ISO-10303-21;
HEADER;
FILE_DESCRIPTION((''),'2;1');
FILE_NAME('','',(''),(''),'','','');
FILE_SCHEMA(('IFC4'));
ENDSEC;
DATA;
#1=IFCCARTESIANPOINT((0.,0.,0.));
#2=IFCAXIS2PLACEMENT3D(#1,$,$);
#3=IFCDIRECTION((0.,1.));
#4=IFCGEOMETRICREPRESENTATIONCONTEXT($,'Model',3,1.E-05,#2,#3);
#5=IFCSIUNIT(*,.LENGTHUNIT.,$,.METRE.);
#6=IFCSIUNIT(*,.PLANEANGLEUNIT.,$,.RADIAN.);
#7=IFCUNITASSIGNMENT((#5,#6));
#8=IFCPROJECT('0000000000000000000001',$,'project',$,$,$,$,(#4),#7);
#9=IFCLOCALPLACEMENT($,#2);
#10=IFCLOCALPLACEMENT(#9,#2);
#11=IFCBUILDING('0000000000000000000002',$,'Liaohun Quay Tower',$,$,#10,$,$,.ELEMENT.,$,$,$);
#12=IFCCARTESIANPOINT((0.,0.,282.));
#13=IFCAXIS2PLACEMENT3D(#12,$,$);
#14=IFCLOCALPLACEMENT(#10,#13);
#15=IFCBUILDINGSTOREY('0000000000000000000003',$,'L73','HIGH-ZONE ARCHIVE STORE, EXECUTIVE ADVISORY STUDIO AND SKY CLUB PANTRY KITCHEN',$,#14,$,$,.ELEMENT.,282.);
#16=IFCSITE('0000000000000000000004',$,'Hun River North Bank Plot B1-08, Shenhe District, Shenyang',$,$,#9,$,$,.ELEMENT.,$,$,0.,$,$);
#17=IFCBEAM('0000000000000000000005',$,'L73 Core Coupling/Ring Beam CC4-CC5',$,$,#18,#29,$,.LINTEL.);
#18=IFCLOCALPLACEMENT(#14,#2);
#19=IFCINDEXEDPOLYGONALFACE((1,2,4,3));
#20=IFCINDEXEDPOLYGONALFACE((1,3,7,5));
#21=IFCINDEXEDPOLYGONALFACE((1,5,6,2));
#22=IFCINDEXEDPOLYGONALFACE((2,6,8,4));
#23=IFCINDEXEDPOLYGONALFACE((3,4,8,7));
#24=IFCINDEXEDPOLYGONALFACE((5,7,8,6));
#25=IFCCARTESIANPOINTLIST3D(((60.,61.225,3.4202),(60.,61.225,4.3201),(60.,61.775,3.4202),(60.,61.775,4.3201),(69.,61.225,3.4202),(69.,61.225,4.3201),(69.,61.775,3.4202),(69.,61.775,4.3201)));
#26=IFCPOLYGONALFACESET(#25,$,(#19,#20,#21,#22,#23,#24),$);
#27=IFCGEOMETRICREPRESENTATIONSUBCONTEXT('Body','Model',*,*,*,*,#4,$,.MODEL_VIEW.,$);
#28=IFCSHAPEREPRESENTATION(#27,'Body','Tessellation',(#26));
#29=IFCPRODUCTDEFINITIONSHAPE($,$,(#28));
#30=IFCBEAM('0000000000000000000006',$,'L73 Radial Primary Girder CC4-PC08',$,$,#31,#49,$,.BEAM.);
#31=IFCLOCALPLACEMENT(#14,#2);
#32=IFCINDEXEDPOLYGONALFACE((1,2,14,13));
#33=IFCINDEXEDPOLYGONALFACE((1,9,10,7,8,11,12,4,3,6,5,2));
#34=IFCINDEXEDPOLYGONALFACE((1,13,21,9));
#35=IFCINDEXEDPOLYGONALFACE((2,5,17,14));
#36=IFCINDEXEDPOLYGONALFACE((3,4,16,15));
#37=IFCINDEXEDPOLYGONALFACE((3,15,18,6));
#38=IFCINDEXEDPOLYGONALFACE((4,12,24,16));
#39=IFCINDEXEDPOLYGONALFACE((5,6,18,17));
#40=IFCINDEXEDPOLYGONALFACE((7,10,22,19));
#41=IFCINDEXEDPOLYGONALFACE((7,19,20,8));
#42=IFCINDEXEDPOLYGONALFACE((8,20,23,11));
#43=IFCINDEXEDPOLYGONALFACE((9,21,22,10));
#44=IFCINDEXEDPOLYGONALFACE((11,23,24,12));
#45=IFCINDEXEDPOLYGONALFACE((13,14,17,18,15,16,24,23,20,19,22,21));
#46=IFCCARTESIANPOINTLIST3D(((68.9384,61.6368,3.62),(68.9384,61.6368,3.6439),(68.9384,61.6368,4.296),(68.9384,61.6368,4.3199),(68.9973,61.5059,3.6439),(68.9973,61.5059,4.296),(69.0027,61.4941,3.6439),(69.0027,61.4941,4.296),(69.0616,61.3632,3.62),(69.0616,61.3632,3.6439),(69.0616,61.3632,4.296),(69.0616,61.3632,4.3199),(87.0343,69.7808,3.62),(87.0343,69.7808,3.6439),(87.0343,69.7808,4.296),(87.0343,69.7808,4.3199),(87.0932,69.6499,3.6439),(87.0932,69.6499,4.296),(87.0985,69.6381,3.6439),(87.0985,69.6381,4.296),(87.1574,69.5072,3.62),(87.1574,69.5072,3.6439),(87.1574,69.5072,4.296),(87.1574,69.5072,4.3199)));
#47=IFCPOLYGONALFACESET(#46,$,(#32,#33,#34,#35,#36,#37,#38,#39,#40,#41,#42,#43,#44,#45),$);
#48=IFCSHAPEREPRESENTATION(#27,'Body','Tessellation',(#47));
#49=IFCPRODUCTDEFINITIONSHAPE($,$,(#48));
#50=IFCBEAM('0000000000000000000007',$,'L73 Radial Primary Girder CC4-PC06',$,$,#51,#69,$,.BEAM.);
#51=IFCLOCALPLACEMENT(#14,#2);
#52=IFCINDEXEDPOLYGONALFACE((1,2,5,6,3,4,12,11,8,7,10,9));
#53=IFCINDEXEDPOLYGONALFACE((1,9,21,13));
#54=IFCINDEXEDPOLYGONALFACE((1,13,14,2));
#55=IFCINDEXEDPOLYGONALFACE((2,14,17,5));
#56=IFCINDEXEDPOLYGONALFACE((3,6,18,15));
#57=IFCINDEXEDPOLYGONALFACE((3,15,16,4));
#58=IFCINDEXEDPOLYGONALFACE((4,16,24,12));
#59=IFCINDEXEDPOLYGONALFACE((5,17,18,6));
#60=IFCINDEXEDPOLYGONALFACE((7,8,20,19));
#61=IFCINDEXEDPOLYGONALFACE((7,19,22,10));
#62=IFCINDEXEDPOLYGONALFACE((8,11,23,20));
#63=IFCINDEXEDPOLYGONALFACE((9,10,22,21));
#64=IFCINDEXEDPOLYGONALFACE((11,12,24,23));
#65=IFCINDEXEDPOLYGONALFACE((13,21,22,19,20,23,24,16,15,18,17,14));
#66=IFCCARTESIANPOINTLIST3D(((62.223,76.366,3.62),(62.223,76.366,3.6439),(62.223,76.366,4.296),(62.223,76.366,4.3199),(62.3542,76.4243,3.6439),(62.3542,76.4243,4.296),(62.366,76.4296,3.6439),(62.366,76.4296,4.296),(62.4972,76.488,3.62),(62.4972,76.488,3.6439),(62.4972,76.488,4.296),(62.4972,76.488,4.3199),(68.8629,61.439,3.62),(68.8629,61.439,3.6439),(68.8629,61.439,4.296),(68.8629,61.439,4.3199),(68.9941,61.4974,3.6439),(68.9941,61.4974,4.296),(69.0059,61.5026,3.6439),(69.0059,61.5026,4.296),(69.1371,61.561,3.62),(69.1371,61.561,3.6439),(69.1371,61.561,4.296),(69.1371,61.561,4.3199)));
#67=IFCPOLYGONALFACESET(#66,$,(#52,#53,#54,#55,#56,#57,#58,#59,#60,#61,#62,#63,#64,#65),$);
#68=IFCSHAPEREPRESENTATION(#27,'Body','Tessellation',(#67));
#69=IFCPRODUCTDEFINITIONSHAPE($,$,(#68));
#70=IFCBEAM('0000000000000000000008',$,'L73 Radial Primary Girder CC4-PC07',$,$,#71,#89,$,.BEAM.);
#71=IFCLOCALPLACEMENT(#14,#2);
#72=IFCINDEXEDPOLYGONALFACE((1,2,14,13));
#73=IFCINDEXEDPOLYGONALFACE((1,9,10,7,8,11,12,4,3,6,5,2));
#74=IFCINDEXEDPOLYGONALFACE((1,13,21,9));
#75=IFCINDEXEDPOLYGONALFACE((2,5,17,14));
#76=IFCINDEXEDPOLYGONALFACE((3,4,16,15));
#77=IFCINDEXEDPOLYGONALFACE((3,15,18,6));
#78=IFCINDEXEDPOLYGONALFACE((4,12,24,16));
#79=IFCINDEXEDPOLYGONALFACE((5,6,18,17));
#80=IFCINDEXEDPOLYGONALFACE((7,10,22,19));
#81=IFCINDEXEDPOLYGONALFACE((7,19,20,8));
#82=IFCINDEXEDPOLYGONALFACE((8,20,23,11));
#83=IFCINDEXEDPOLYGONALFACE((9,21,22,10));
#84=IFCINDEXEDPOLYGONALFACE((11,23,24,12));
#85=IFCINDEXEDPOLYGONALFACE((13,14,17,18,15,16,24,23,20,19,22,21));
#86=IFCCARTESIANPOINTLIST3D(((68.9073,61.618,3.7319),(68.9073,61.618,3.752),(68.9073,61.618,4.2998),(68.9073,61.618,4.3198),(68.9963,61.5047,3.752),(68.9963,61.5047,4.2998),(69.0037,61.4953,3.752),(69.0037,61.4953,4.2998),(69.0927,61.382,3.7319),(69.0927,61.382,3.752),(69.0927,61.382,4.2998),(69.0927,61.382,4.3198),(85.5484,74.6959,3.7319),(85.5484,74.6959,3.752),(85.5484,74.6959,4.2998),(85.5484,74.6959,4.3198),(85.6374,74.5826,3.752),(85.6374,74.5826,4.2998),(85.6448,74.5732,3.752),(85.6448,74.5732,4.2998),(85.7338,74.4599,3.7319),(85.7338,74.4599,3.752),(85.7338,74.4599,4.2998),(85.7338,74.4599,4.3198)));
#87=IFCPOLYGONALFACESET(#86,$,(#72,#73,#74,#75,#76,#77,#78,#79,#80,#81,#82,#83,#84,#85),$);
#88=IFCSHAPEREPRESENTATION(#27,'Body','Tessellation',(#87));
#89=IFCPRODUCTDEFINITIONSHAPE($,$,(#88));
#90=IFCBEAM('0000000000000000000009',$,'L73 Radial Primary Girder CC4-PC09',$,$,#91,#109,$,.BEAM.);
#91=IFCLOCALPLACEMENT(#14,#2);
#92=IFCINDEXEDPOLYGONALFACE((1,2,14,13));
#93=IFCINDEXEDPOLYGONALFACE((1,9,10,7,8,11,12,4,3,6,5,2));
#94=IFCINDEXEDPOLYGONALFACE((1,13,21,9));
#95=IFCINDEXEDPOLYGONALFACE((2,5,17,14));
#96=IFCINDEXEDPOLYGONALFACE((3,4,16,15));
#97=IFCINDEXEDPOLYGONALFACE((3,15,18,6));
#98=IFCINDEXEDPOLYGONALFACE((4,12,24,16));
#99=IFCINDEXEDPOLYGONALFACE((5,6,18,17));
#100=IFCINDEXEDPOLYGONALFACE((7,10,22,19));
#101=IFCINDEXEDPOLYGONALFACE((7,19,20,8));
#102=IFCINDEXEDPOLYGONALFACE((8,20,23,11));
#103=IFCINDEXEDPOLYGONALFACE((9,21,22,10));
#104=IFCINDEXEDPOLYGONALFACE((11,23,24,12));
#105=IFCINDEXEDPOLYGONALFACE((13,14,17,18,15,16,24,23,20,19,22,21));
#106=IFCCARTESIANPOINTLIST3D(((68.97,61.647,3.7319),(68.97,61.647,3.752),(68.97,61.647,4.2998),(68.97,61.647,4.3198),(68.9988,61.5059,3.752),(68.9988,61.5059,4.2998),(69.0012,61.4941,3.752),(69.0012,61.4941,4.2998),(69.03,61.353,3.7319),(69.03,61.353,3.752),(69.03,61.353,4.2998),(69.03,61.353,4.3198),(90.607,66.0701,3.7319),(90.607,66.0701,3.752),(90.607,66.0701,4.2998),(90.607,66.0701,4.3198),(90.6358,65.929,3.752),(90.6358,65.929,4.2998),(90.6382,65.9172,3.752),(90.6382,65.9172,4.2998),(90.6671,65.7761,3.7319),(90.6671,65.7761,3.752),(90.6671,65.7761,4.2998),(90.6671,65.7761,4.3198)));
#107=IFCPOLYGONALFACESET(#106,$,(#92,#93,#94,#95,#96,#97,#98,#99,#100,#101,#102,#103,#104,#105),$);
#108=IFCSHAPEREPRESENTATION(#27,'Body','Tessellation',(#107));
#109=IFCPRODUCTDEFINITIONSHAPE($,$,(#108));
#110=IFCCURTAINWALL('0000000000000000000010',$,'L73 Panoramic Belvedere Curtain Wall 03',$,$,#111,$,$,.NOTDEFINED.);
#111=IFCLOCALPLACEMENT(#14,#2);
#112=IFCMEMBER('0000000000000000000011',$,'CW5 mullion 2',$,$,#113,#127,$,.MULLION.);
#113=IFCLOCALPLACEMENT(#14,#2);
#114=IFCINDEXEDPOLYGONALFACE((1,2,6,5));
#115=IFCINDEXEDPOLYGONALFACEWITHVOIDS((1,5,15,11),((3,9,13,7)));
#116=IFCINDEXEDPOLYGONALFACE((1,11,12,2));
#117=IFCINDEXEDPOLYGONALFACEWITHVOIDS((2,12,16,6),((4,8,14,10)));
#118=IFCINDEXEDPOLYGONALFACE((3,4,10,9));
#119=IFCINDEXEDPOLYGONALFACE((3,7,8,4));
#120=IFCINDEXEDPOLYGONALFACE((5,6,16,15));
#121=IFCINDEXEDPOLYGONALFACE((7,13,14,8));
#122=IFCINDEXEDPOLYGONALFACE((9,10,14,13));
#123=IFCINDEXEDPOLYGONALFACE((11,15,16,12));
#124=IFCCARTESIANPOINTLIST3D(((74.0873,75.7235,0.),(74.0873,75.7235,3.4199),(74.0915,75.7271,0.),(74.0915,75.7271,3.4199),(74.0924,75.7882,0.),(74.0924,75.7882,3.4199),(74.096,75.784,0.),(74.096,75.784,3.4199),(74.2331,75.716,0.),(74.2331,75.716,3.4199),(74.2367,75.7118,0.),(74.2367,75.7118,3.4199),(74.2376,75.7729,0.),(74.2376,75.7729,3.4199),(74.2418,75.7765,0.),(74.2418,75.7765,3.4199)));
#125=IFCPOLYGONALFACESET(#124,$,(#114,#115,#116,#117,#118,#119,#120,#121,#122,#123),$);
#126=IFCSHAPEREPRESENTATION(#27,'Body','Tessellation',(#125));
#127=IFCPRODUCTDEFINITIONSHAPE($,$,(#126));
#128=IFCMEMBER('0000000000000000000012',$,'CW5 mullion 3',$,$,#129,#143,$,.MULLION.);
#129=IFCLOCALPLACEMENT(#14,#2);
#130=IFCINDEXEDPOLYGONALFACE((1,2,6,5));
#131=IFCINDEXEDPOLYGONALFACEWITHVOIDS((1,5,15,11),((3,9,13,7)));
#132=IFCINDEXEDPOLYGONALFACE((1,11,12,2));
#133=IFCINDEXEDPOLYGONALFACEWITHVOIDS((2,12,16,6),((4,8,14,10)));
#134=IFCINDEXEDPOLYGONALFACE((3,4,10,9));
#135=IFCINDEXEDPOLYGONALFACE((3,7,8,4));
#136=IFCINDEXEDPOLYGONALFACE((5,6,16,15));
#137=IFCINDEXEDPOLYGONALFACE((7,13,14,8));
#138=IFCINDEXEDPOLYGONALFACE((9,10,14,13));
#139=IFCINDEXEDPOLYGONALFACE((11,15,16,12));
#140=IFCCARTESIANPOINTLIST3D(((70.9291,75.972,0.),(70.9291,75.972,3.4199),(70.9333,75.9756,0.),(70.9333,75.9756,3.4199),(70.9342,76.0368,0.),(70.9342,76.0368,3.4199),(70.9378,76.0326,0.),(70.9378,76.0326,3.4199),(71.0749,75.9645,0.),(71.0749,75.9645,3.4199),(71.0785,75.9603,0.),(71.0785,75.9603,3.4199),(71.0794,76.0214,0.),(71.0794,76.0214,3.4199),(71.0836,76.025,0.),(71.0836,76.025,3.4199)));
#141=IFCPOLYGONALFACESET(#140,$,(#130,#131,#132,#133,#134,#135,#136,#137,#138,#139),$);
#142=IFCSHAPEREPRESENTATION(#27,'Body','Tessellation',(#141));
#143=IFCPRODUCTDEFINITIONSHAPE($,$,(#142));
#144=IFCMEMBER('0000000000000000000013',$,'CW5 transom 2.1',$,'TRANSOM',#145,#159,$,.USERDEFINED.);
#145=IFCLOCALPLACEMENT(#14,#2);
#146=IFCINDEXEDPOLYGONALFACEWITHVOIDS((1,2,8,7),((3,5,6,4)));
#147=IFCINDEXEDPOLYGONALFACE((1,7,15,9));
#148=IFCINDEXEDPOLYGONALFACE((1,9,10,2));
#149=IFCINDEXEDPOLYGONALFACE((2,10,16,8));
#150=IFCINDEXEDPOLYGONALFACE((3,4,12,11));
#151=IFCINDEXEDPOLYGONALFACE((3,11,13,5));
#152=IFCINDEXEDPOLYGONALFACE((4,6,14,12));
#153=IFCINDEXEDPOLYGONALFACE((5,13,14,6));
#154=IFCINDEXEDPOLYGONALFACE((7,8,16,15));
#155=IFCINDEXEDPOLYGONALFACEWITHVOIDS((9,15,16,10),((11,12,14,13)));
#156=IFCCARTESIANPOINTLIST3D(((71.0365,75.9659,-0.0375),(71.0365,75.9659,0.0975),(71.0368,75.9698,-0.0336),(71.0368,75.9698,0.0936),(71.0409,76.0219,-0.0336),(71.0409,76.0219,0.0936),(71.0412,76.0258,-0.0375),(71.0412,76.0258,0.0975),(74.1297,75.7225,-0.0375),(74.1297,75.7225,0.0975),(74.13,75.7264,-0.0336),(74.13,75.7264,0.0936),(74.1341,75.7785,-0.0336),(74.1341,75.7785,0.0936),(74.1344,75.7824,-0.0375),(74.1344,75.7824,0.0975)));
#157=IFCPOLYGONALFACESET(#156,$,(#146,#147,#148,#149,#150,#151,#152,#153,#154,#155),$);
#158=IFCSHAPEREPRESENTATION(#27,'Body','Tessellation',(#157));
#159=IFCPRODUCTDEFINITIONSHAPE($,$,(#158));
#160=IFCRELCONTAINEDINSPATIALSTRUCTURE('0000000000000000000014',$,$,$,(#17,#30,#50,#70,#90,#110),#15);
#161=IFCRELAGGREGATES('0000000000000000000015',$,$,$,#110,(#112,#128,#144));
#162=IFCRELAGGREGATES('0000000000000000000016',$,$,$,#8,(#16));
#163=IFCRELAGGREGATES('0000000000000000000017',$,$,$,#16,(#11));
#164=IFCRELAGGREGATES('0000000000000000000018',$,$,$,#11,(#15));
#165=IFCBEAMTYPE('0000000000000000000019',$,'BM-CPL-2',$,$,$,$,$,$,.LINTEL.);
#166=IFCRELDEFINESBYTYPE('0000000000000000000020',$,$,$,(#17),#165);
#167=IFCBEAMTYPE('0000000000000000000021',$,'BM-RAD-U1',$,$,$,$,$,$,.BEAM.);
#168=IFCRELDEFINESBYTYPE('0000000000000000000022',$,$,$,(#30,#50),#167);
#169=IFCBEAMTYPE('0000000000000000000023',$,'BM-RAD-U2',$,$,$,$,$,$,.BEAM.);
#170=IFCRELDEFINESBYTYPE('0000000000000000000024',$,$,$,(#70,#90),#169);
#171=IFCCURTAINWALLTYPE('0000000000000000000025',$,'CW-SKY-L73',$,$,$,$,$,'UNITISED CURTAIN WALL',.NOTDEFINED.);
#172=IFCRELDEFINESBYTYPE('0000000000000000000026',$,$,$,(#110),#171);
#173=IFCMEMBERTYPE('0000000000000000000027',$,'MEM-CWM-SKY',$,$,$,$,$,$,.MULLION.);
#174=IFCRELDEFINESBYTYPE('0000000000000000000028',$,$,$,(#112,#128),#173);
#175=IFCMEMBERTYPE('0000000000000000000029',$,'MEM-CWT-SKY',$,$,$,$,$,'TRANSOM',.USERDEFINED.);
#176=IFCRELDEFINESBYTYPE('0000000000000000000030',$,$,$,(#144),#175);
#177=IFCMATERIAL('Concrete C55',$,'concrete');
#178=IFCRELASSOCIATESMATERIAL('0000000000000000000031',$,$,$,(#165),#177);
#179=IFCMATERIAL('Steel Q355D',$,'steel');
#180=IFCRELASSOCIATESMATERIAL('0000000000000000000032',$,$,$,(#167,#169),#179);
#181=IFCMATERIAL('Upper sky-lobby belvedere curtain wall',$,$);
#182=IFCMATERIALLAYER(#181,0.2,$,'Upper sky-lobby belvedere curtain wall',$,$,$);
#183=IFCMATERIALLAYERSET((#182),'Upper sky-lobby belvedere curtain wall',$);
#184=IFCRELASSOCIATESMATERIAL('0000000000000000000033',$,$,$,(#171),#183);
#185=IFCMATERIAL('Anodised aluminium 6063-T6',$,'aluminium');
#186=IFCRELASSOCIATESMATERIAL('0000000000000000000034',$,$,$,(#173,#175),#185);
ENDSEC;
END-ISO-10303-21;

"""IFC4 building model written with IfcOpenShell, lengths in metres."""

from ifc_helpers import new_model, si_unit, direction, frame, origin, origin_2d, place, context, subcontext, project, spatial, rectangle, hollow_rectangle, i_section, extrude, source, transform, mapped, material, layer, layer_set, material_profile, profile_set, type_object, element, aggregate, save


model = new_model("IFC4")

# Units and contexts
model_context = context("Model", 3, precision=1e-05, world=origin(), true_north=direction((0.0, 1.0)))
body_context = subcontext(model_context, "Body", "Model", "MODEL_VIEW")
ifc_project = project(units=[si_unit("LENGTHUNIT", "METRE"), si_unit("PLANEANGLEUNIT", "RADIAN")], contexts=[model_context])

# Site, building, storey
site_placement = place(None, origin())
site = spatial("IfcSite", under=ifc_project, at=site_placement, Name="Hun River North Bank Plot B1-08, Shenhe District, Shenyang", CompositionType="ELEMENT", RefElevation=0.0)
building_placement = place(site_placement, origin())
building = spatial("IfcBuilding", under=site, at=building_placement, Name="Liaohun Quay Tower", CompositionType="ELEMENT")
storey_placement = place(building_placement, frame((0.0, 0.0, 282.0)))
storey = spatial("IfcBuildingStorey", under=building, at=storey_placement, Name="L73", Description="HIGH-ZONE ARCHIVE STORE, EXECUTIVE ADVISORY STUDIO AND SKY CLUB PANTRY KITCHEN", CompositionType="ELEMENT", Elevation=282.0)

# Beams
ifc_material_1 = material(Name="Concrete C55", Category="concrete")
ifc_material_profile_1 = material_profile(ifc_material_1, rectangle(XDim=0.55, YDim=0.8999, at=origin_2d()), Name="RC550x900")
ifc_profile_set_1 = profile_set([ifc_material_profile_1], Name="Concrete C55")
beam_type_1 = type_object("IfcBeamType", Name="BM-CPL-2", PredefinedType="LINTEL", material=ifc_profile_set_1)
shared_shape_1 = source(origin(), body_context, "Body", "SweptSolid", [
    extrude(rectangle(XDim=0.55, YDim=0.8999, at=origin_2d()), origin(), (0.0, 0.0, 1.0), 9.0),
])
beam_1_placement = place(storey_placement, frame((69.0, 61.5, 3.8701), z_axis=(-1.0, 0.0, 0.0), x_axis=(0.0, -1.0, 0.0)))
element("IfcBeam", 1, at=beam_1_placement, inside=storey, type_object=beam_type_1, Name="L73 Core Coupling/Ring Beam CC4-CC5", PredefinedType="LINTEL", context=body_context, shape_type="MappedRepresentation", body=[
    mapped(shared_shape_1, transform((0.0, 0.0, 0.0), x_axis=(1.0, 0.0, 0.0), y_axis=(0.0, 1.0, 0.0), z_axis=(0.0, 0.0, 1.0), scale=1.0)),
])
ifc_material_2 = material(Name="Steel Q355D", Category="steel")
ifc_material_profile_2 = material_profile(ifc_material_2, i_section(OverallWidth=0.3, OverallDepth=0.7, WebThickness=0.0129, FlangeThickness=0.0239, at=origin_2d()), Name="HN700x300x13x24")
ifc_profile_set_2 = profile_set([ifc_material_profile_2], Name="Steel Q355D")
beam_type_2 = type_object("IfcBeamType", Name="BM-RAD-U1", PredefinedType="BEAM", material=ifc_profile_set_2)
shared_shape_2 = source(origin(), body_context, "Body", "SweptSolid", [
    extrude(i_section(OverallWidth=0.3, OverallDepth=0.7, WebThickness=0.0129, FlangeThickness=0.0239, at=origin_2d()), origin(), (0.0, 0.0, 1.0), 19.844),
])
beam_2_placement = place(storey_placement, frame((69.0, 61.5, 3.97), z_axis=(0.911905, 0.410401, 0.0), x_axis=(-0.410401, 0.911905, 0.0)))
element("IfcBeam", 2, at=beam_2_placement, inside=storey, type_object=beam_type_2, Name="L73 Radial Primary Girder CC4-PC08", PredefinedType="BEAM", context=body_context, shape_type="MappedRepresentation", body=[
    mapped(shared_shape_2, transform((0.0, 0.0, 0.0), x_axis=(1.0, 0.0, 0.0), y_axis=(0.0, 1.0, 0.0), z_axis=(0.0, 0.0, 1.0), scale=1.0)),
])
shared_shape_3 = source(origin(), body_context, "Body", "SweptSolid", [
    extrude(i_section(OverallWidth=0.3, OverallDepth=0.7, WebThickness=0.0129, FlangeThickness=0.0239, at=origin_2d()), origin(), (0.0, 0.0, 1.0), 16.3372),
])
beam_3_placement = place(storey_placement, frame((69.0, 61.5, 3.97), z_axis=(-0.406428, 0.913683, 0.0), x_axis=(-0.913683, -0.406428, 0.0)))
element("IfcBeam", 3, at=beam_3_placement, inside=storey, type_object=beam_type_2, Name="L73 Radial Primary Girder CC4-PC06", PredefinedType="BEAM", context=body_context, shape_type="MappedRepresentation", body=[
    mapped(shared_shape_3, transform((0.0, 0.0, 0.0), x_axis=(1.0, 0.0, 0.0), y_axis=(0.0, 1.0, 0.0), z_axis=(0.0, 0.0, 1.0), scale=1.0)),
])
ifc_material_profile_3 = material_profile(ifc_material_2, i_section(OverallWidth=0.3, OverallDepth=0.5879, WebThickness=0.012, FlangeThickness=0.02, at=origin_2d()), Name="HM588x300x12x20")
ifc_profile_set_3 = profile_set([ifc_material_profile_3], Name="Steel Q355D")
beam_type_3 = type_object("IfcBeamType", Name="BM-RAD-U2", PredefinedType="BEAM", material=ifc_profile_set_3)
shared_shape_4 = source(origin(), body_context, "Body", "SweptSolid", [
    extrude(i_section(OverallWidth=0.3, OverallDepth=0.5879, WebThickness=0.012, FlangeThickness=0.02, at=origin_2d()), origin(), (0.0, 0.0, 1.0), 21.165),
])
beam_4_placement = place(storey_placement, frame((69.0, 61.5, 4.0259), z_axis=(0.786256, 0.617901, 0.0), x_axis=(-0.617901, 0.786256, 0.0)))
element("IfcBeam", 4, at=beam_4_placement, inside=storey, type_object=beam_type_3, Name="L73 Radial Primary Girder CC4-PC07", PredefinedType="BEAM", context=body_context, shape_type="MappedRepresentation", body=[
    mapped(shared_shape_4, transform((0.0, 0.0, 0.0), x_axis=(1.0, 0.0, 0.0), y_axis=(0.0, 1.0, 0.0), z_axis=(0.0, 0.0, 1.0), scale=1.0)),
])
shared_shape_5 = source(origin(), body_context, "Body", "SweptSolid", [
    extrude(i_section(OverallWidth=0.3, OverallDepth=0.5879, WebThickness=0.012, FlangeThickness=0.02, at=origin_2d()), origin(), (0.0, 0.0, 1.0), 22.0845),
])
beam_5_placement = place(storey_placement, frame((69.0, 61.5, 4.0259), z_axis=(0.979738, 0.200281, 0.0), x_axis=(-0.200281, 0.979738, 0.0)))
element("IfcBeam", 5, at=beam_5_placement, inside=storey, type_object=beam_type_3, Name="L73 Radial Primary Girder CC4-PC09", PredefinedType="BEAM", context=body_context, shape_type="MappedRepresentation", body=[
    mapped(shared_shape_5, transform((0.0, 0.0, 0.0), x_axis=(1.0, 0.0, 0.0), y_axis=(0.0, 1.0, 0.0), z_axis=(0.0, 0.0, 1.0), scale=1.0)),
])

# Curtain wall, members
ifc_material_3 = material(Name="Upper sky-lobby belvedere curtain wall")
ifc_layer_1 = layer(ifc_material_3, 0.2, Name="Upper sky-lobby belvedere curtain wall")
ifc_layer_set_1 = layer_set([ifc_layer_1], Name="Upper sky-lobby belvedere curtain wall")
curtain_wall_type = type_object("IfcCurtainWallType", Name="CW-SKY-L73", ElementType="UNITISED CURTAIN WALL", PredefinedType="NOTDEFINED", material=ifc_layer_set_1)
curtain_wall_placement = place(storey_placement, origin())
curtain_wall = element("IfcCurtainWall", 6, at=curtain_wall_placement, inside=storey, type_object=curtain_wall_type, Name="L73 Panoramic Belvedere Curtain Wall 03", PredefinedType="NOTDEFINED")
ifc_material_4 = material(Name="Anodised aluminium 6063-T6", Category="aluminium")
ifc_material_profile_4 = material_profile(ifc_material_4, hollow_rectangle(XDim=0.0649, YDim=0.1499, WallThickness=0.0039, at=origin_2d()), Name="RHS150x65x4")
ifc_profile_set_4 = profile_set([ifc_material_profile_4], Name="Anodised aluminium 6063-T6")
member_type_1 = type_object("IfcMemberType", Name="MEM-CWM-SKY", PredefinedType="MULLION", material=ifc_profile_set_4)
shared_shape_6 = source(origin(), body_context, "Body", "SweptSolid", [
    extrude(hollow_rectangle(XDim=0.0649, YDim=0.1499, WallThickness=0.0039, at=origin_2d()), origin(), (0.0, 0.0, 1.0), 3.4199),
])
member_1_placement = place(storey_placement, frame((74.1646, 75.75, 0.0), z_axis=(0.0, 0.0, 1.0), x_axis=(-0.078429, -0.99692, 0.0)))
member_1 = element("IfcMember", 7, at=member_1_placement, type_object=member_type_1, Name="CW5 mullion 2", PredefinedType="MULLION", context=body_context, shape_type="MappedRepresentation", body=[
    mapped(shared_shape_6, transform((0.0, 0.0, 0.0), x_axis=(1.0, 0.0, 0.0), y_axis=(0.0, 1.0, 0.0), z_axis=(0.0, 0.0, 1.0), scale=1.0)),
])
member_2_placement = place(storey_placement, frame((71.0063, 75.9985, 0.0), z_axis=(0.0, 0.0, 1.0), x_axis=(-0.078429, -0.99692, 0.0)))
member_2 = element("IfcMember", 8, at=member_2_placement, type_object=member_type_1, Name="CW5 mullion 3", PredefinedType="MULLION", context=body_context, shape_type="MappedRepresentation", body=[
    mapped(shared_shape_6, transform((0.0, 0.0, 0.0), x_axis=(1.0, 0.0, 0.0), y_axis=(0.0, 1.0, 0.0), z_axis=(0.0, 0.0, 1.0), scale=1.0)),
])
ifc_material_profile_5 = material_profile(ifc_material_4, hollow_rectangle(XDim=0.0601, YDim=0.135, WallThickness=0.0039, at=origin_2d()), Name="RHS135x60x4")
ifc_profile_set_5 = profile_set([ifc_material_profile_5], Name="Anodised aluminium 6063-T6")
member_type_2 = type_object("IfcMemberType", Name="MEM-CWT-SKY", ElementType="TRANSOM", PredefinedType="USERDEFINED", material=ifc_profile_set_5)
shared_shape_7 = source(origin(), body_context, "Body", "SweptSolid", [
    extrude(hollow_rectangle(XDim=0.0601, YDim=0.135, WallThickness=0.0039, at=origin_2d()), origin(), (0.0, 0.0, 1.0), 3.1028),
])
member_3_placement = place(storey_placement, frame((74.1321, 75.7524, 0.03), z_axis=(-0.996918, 0.078447, 0.0), x_axis=(-0.078447, -0.996918, 0.0)))
member_3 = element("IfcMember", 9, at=member_3_placement, type_object=member_type_2, Name="CW5 transom 2.1", ObjectType="TRANSOM", PredefinedType="USERDEFINED", context=body_context, shape_type="MappedRepresentation", body=[
    mapped(shared_shape_7, transform((0.0, 0.0, 0.0), x_axis=(1.0, 0.0, 0.0), y_axis=(0.0, 1.0, 0.0), z_axis=(0.0, 0.0, 1.0), scale=1.0)),
])
aggregate(curtain_wall, [member_1, member_2, member_3])

save(model, "model.ifc")
